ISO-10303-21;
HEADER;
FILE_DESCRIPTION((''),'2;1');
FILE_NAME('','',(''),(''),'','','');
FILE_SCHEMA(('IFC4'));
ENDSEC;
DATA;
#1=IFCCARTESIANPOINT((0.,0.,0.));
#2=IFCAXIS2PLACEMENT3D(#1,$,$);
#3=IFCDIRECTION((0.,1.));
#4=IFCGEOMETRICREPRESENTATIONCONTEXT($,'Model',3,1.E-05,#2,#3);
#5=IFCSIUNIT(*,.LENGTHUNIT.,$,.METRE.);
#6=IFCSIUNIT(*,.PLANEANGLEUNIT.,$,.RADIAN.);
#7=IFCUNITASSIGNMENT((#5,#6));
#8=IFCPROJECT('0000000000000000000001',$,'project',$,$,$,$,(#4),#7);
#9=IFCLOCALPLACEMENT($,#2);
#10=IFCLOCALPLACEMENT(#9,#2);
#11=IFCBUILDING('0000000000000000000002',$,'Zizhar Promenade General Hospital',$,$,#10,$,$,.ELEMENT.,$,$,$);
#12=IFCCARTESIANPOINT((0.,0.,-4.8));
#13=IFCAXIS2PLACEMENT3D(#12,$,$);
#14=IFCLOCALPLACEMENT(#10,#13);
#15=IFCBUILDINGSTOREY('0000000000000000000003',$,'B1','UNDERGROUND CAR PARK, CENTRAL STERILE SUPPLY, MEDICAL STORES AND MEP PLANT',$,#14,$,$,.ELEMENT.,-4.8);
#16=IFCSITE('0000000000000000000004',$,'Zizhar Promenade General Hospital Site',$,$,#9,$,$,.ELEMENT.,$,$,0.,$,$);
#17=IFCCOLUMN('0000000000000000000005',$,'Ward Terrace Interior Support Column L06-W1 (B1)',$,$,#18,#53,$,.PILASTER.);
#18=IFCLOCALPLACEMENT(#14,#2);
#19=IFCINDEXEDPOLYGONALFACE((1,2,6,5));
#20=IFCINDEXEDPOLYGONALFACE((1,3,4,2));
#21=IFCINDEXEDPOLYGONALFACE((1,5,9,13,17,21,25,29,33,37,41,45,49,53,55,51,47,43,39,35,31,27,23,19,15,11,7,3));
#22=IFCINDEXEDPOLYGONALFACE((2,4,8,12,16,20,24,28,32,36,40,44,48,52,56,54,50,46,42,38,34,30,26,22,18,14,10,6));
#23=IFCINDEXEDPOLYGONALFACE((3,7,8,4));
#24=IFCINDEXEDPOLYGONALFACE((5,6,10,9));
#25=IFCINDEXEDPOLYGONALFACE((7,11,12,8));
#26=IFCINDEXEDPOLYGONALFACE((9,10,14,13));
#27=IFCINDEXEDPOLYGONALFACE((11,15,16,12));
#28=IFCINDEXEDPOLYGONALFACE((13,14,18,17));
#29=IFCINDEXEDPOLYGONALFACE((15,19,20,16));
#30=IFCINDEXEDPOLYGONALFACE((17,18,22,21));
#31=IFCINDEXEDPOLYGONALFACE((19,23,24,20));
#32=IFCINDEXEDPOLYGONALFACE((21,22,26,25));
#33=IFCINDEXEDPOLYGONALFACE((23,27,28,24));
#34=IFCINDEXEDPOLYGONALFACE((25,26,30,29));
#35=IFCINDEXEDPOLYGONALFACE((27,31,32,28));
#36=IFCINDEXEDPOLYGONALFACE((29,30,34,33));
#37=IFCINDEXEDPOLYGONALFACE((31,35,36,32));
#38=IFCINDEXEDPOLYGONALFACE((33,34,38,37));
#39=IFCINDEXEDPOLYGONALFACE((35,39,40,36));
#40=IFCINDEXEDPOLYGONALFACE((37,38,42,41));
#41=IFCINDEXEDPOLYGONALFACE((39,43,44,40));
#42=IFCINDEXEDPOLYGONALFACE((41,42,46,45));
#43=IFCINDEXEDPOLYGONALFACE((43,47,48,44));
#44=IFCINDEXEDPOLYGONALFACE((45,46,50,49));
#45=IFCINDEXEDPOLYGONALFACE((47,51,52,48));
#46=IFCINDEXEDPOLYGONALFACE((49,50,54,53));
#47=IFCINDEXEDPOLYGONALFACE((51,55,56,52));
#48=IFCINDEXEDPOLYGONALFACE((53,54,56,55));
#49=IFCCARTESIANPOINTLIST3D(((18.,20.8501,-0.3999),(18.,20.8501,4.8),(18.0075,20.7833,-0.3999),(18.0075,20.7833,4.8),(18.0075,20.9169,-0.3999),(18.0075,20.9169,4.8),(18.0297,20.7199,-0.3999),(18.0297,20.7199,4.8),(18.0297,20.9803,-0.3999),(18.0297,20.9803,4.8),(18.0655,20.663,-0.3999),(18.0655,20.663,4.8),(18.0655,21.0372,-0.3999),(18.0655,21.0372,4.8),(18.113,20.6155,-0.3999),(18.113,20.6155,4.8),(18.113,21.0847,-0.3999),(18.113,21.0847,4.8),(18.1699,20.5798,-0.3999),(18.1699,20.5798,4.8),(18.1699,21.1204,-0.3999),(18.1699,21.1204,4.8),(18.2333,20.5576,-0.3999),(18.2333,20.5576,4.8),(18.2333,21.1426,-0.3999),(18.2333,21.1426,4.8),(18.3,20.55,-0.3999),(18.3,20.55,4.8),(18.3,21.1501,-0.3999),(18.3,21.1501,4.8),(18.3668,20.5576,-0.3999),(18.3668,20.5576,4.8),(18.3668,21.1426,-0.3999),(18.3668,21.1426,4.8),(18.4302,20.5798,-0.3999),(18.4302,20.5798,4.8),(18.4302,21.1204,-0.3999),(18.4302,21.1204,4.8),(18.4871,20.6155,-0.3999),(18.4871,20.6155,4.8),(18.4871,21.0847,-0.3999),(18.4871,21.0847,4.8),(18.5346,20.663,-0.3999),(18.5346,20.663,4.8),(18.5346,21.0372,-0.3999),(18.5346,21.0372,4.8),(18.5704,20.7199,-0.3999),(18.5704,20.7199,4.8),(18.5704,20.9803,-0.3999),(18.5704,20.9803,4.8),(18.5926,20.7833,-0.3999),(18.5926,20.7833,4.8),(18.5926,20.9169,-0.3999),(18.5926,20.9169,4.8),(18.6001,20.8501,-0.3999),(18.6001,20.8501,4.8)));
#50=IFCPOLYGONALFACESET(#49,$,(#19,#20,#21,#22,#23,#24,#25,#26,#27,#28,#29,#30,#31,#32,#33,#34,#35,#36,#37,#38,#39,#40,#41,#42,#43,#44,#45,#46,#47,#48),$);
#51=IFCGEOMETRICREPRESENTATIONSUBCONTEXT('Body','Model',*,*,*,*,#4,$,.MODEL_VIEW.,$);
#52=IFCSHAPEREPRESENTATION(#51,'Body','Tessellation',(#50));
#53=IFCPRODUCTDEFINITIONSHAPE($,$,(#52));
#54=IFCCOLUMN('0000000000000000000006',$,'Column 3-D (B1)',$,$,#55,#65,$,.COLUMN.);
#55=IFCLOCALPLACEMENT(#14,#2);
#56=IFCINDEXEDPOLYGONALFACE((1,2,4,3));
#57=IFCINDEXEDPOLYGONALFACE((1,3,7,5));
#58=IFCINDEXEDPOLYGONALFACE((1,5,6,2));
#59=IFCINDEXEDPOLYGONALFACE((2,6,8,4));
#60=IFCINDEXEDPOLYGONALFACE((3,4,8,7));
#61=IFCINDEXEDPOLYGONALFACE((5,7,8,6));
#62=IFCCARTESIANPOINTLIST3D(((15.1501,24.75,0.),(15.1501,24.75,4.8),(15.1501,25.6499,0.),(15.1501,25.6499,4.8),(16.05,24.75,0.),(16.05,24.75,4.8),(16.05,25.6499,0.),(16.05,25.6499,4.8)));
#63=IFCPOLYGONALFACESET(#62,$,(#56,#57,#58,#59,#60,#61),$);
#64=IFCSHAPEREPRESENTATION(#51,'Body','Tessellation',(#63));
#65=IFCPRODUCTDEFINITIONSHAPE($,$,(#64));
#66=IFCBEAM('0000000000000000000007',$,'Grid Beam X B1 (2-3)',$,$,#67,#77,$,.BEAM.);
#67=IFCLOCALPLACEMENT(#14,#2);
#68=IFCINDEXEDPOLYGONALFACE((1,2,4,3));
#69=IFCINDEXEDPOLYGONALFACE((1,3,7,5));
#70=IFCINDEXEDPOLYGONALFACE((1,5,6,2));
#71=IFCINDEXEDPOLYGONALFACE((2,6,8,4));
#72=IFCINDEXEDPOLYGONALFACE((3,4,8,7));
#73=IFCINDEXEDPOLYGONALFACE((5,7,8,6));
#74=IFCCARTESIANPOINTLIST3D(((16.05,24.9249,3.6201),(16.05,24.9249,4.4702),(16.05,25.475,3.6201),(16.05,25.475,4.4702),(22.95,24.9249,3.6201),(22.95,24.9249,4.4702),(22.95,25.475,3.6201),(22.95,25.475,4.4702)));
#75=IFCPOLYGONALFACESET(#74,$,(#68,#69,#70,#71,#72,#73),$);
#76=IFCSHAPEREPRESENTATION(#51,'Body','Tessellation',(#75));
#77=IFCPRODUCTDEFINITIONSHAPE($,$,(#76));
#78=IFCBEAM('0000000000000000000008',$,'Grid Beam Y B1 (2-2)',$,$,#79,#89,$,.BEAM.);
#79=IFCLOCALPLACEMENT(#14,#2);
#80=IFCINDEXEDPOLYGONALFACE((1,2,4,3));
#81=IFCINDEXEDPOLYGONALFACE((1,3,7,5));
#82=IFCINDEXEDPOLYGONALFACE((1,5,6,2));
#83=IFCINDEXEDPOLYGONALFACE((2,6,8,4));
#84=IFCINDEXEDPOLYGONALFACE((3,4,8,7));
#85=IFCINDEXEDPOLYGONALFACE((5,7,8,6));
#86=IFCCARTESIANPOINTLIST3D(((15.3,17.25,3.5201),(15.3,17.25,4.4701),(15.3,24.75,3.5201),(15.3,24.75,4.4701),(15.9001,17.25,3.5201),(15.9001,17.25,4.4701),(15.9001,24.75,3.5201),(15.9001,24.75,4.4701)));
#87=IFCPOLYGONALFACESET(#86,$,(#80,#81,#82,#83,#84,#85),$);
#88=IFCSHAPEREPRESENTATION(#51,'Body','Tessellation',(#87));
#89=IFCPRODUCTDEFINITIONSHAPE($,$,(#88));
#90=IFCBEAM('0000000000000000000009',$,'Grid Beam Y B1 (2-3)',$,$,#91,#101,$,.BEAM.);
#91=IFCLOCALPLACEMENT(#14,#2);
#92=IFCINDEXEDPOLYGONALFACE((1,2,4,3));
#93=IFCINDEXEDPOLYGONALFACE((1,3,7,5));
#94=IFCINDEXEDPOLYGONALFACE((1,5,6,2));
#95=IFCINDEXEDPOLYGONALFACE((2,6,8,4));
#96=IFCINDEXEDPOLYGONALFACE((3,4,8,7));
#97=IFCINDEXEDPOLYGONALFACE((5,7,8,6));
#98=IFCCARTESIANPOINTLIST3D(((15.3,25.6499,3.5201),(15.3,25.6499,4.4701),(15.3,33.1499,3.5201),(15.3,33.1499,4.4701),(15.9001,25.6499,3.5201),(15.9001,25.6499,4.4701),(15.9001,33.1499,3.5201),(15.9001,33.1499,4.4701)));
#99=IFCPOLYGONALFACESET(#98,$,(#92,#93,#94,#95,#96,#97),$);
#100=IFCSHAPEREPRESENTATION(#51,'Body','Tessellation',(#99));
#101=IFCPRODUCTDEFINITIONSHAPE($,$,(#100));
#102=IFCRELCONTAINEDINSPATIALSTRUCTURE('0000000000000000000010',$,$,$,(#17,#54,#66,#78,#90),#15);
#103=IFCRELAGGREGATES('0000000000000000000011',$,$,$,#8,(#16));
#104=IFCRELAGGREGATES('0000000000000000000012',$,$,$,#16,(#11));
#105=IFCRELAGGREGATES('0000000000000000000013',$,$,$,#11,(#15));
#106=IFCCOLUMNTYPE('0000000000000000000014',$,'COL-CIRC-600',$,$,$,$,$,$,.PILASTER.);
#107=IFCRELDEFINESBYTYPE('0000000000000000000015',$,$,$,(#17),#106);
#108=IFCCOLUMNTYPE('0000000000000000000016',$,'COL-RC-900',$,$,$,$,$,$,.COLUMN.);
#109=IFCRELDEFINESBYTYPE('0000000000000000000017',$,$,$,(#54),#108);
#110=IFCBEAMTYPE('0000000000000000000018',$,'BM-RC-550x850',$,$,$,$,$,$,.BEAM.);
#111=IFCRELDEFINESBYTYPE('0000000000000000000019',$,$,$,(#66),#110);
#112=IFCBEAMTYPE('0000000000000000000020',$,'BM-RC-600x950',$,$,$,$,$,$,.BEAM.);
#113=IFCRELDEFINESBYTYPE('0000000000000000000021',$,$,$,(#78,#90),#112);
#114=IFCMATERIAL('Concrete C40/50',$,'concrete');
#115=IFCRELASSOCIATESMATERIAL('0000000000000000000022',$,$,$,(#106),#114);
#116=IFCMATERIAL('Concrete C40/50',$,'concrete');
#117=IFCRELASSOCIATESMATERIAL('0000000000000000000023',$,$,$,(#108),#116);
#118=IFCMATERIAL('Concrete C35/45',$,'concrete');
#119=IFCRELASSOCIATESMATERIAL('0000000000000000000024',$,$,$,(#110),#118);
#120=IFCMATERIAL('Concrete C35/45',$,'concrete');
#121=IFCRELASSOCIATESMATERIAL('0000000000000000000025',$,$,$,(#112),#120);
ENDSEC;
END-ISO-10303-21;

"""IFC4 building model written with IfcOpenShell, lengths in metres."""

from ifc_helpers import new_model, si_unit, direction, frame, origin, origin_2d, place, context, subcontext, project, spatial, rectangle, circle, extrude, material, material_profile, profile_set, type_object, element, save


model = new_model("IFC4")

# Units and contexts
model_context = context("Model", 3, precision=1e-05, world=origin(), true_north=direction((0.0, 1.0)))
body_context = subcontext(model_context, "Body", "Model", "MODEL_VIEW")
ifc_project = project(units=[si_unit("LENGTHUNIT", "METRE"), si_unit("PLANEANGLEUNIT", "RADIAN")], contexts=[model_context])

# Site, building, storey
site_placement = place(None, origin())
site = spatial("IfcSite", under=ifc_project, at=site_placement, Name="Zizhar Promenade General Hospital Site", CompositionType="ELEMENT", RefElevation=0.0)
building_placement = place(site_placement, origin())
building = spatial("IfcBuilding", under=site, at=building_placement, Name="Zizhar Promenade General Hospital", CompositionType="ELEMENT")
storey_placement = place(building_placement, frame((0.0, 0.0, -4.8)))
storey = spatial("IfcBuildingStorey", under=building, at=storey_placement, Name="B1", Description="UNDERGROUND CAR PARK, CENTRAL STERILE SUPPLY, MEDICAL STORES AND MEP PLANT", CompositionType="ELEMENT", Elevation=-4.8)

# Columns
ifc_material_1 = material(Name="Concrete C40/50", Category="concrete")
ifc_material_profile_1 = material_profile(ifc_material_1, circle(Radius=0.3, at=origin_2d()))
ifc_profile_set_1 = profile_set([ifc_material_profile_1], Name="Concrete C40/50")
column_type_1 = type_object("IfcColumnType", Name="COL-CIRC-600", PredefinedType="PILASTER", material=ifc_profile_set_1)
column_1_placement = place(storey_placement, frame((18.3, 20.8501, -0.3999), z_axis=(0.0, 0.0, 1.0), x_axis=(1.0, 0.0, 0.0)))
element("IfcColumn", 1, at=column_1_placement, inside=storey, type_object=column_type_1, Name="Ward Terrace Interior Support Column L06-W1 (B1)", PredefinedType="PILASTER", context=body_context, shape_type="SweptSolid", body=[
    extrude(circle(Radius=0.3, at=origin_2d()), origin(), (0.0, 0.0, 1.0), 5.2),
])
ifc_material_2 = material(Name="Concrete C40/50", Category="concrete")
ifc_material_profile_2 = material_profile(ifc_material_2, rectangle(XDim=0.8999, YDim=0.8999, at=origin_2d()))
ifc_profile_set_2 = profile_set([ifc_material_profile_2], Name="Concrete C40/50")
column_type_2 = type_object("IfcColumnType", Name="COL-RC-900", PredefinedType="COLUMN", material=ifc_profile_set_2)
column_2_placement = place(storey_placement, frame((15.6001, 25.2, 0.0), z_axis=(0.0, 0.0, 1.0), x_axis=(1.0, 0.0, 0.0)))
element("IfcColumn", 2, at=column_2_placement, inside=storey, type_object=column_type_2, Name="Column 3-D (B1)", PredefinedType="COLUMN", context=body_context, shape_type="SweptSolid", body=[
    extrude(rectangle(XDim=0.8999, YDim=0.8999, at=origin_2d()), origin(), (0.0, 0.0, 1.0), 4.8),
])

# Beams
ifc_material_3 = material(Name="Concrete C35/45", Category="concrete")
ifc_material_profile_3 = material_profile(ifc_material_3, rectangle(XDim=0.55, YDim=0.8501, at=origin_2d()))
ifc_profile_set_3 = profile_set([ifc_material_profile_3], Name="Concrete C35/45")
beam_type_1 = type_object("IfcBeamType", Name="BM-RC-550x850", PredefinedType="BEAM", material=ifc_profile_set_3)
beam_placement = place(storey_placement, frame((16.05, 25.2, 4.0452), z_axis=(1.0, 0.0, 0.0), x_axis=(0.0, 1.0, 0.0)))
element("IfcBeam", 3, at=beam_placement, inside=storey, type_object=beam_type_1, Name="Grid Beam X B1 (2-3)", PredefinedType="BEAM", context=body_context, shape_type="SweptSolid", body=[
    extrude(rectangle(XDim=0.55, YDim=0.8501, at=origin_2d()), origin(), (0.0, 0.0, 1.0), 6.8999),
])
ifc_material_4 = material(Name="Concrete C35/45", Category="concrete")
ifc_material_profile_4 = material_profile(ifc_material_4, rectangle(XDim=0.6001, YDim=0.95, at=origin_2d()))
ifc_profile_set_4 = profile_set([ifc_material_profile_4], Name="Concrete C35/45")
beam_type_2 = type_object("IfcBeamType", Name="BM-RC-600x950", PredefinedType="BEAM", material=ifc_profile_set_4)
for number, where, z_axis, x_axis, name in (
    (4, (15.6001, 17.25, 3.9951), (0.0, 1.0, 0.0), (-1.0, 0.0, 0.0), "Grid Beam Y B1 (2-2)"),
    (5, (15.6001, 25.6499, 3.9951), (0.0, 1.0, 0.0), (-1.0, 0.0, 0.0), "Grid Beam Y B1 (2-3)"),
):
    element("IfcBeam", number, at=place(storey_placement, frame(where, z_axis=z_axis, x_axis=x_axis)), inside=storey, type_object=beam_type_2, Name=name, PredefinedType="BEAM", context=body_context, shape_type="SweptSolid", body=[
        extrude(rectangle(XDim=0.6001, YDim=0.95, at=origin_2d()), origin(), (0.0, 0.0, 1.0), 7.5),
    ])

save(model, "model.ifc")
